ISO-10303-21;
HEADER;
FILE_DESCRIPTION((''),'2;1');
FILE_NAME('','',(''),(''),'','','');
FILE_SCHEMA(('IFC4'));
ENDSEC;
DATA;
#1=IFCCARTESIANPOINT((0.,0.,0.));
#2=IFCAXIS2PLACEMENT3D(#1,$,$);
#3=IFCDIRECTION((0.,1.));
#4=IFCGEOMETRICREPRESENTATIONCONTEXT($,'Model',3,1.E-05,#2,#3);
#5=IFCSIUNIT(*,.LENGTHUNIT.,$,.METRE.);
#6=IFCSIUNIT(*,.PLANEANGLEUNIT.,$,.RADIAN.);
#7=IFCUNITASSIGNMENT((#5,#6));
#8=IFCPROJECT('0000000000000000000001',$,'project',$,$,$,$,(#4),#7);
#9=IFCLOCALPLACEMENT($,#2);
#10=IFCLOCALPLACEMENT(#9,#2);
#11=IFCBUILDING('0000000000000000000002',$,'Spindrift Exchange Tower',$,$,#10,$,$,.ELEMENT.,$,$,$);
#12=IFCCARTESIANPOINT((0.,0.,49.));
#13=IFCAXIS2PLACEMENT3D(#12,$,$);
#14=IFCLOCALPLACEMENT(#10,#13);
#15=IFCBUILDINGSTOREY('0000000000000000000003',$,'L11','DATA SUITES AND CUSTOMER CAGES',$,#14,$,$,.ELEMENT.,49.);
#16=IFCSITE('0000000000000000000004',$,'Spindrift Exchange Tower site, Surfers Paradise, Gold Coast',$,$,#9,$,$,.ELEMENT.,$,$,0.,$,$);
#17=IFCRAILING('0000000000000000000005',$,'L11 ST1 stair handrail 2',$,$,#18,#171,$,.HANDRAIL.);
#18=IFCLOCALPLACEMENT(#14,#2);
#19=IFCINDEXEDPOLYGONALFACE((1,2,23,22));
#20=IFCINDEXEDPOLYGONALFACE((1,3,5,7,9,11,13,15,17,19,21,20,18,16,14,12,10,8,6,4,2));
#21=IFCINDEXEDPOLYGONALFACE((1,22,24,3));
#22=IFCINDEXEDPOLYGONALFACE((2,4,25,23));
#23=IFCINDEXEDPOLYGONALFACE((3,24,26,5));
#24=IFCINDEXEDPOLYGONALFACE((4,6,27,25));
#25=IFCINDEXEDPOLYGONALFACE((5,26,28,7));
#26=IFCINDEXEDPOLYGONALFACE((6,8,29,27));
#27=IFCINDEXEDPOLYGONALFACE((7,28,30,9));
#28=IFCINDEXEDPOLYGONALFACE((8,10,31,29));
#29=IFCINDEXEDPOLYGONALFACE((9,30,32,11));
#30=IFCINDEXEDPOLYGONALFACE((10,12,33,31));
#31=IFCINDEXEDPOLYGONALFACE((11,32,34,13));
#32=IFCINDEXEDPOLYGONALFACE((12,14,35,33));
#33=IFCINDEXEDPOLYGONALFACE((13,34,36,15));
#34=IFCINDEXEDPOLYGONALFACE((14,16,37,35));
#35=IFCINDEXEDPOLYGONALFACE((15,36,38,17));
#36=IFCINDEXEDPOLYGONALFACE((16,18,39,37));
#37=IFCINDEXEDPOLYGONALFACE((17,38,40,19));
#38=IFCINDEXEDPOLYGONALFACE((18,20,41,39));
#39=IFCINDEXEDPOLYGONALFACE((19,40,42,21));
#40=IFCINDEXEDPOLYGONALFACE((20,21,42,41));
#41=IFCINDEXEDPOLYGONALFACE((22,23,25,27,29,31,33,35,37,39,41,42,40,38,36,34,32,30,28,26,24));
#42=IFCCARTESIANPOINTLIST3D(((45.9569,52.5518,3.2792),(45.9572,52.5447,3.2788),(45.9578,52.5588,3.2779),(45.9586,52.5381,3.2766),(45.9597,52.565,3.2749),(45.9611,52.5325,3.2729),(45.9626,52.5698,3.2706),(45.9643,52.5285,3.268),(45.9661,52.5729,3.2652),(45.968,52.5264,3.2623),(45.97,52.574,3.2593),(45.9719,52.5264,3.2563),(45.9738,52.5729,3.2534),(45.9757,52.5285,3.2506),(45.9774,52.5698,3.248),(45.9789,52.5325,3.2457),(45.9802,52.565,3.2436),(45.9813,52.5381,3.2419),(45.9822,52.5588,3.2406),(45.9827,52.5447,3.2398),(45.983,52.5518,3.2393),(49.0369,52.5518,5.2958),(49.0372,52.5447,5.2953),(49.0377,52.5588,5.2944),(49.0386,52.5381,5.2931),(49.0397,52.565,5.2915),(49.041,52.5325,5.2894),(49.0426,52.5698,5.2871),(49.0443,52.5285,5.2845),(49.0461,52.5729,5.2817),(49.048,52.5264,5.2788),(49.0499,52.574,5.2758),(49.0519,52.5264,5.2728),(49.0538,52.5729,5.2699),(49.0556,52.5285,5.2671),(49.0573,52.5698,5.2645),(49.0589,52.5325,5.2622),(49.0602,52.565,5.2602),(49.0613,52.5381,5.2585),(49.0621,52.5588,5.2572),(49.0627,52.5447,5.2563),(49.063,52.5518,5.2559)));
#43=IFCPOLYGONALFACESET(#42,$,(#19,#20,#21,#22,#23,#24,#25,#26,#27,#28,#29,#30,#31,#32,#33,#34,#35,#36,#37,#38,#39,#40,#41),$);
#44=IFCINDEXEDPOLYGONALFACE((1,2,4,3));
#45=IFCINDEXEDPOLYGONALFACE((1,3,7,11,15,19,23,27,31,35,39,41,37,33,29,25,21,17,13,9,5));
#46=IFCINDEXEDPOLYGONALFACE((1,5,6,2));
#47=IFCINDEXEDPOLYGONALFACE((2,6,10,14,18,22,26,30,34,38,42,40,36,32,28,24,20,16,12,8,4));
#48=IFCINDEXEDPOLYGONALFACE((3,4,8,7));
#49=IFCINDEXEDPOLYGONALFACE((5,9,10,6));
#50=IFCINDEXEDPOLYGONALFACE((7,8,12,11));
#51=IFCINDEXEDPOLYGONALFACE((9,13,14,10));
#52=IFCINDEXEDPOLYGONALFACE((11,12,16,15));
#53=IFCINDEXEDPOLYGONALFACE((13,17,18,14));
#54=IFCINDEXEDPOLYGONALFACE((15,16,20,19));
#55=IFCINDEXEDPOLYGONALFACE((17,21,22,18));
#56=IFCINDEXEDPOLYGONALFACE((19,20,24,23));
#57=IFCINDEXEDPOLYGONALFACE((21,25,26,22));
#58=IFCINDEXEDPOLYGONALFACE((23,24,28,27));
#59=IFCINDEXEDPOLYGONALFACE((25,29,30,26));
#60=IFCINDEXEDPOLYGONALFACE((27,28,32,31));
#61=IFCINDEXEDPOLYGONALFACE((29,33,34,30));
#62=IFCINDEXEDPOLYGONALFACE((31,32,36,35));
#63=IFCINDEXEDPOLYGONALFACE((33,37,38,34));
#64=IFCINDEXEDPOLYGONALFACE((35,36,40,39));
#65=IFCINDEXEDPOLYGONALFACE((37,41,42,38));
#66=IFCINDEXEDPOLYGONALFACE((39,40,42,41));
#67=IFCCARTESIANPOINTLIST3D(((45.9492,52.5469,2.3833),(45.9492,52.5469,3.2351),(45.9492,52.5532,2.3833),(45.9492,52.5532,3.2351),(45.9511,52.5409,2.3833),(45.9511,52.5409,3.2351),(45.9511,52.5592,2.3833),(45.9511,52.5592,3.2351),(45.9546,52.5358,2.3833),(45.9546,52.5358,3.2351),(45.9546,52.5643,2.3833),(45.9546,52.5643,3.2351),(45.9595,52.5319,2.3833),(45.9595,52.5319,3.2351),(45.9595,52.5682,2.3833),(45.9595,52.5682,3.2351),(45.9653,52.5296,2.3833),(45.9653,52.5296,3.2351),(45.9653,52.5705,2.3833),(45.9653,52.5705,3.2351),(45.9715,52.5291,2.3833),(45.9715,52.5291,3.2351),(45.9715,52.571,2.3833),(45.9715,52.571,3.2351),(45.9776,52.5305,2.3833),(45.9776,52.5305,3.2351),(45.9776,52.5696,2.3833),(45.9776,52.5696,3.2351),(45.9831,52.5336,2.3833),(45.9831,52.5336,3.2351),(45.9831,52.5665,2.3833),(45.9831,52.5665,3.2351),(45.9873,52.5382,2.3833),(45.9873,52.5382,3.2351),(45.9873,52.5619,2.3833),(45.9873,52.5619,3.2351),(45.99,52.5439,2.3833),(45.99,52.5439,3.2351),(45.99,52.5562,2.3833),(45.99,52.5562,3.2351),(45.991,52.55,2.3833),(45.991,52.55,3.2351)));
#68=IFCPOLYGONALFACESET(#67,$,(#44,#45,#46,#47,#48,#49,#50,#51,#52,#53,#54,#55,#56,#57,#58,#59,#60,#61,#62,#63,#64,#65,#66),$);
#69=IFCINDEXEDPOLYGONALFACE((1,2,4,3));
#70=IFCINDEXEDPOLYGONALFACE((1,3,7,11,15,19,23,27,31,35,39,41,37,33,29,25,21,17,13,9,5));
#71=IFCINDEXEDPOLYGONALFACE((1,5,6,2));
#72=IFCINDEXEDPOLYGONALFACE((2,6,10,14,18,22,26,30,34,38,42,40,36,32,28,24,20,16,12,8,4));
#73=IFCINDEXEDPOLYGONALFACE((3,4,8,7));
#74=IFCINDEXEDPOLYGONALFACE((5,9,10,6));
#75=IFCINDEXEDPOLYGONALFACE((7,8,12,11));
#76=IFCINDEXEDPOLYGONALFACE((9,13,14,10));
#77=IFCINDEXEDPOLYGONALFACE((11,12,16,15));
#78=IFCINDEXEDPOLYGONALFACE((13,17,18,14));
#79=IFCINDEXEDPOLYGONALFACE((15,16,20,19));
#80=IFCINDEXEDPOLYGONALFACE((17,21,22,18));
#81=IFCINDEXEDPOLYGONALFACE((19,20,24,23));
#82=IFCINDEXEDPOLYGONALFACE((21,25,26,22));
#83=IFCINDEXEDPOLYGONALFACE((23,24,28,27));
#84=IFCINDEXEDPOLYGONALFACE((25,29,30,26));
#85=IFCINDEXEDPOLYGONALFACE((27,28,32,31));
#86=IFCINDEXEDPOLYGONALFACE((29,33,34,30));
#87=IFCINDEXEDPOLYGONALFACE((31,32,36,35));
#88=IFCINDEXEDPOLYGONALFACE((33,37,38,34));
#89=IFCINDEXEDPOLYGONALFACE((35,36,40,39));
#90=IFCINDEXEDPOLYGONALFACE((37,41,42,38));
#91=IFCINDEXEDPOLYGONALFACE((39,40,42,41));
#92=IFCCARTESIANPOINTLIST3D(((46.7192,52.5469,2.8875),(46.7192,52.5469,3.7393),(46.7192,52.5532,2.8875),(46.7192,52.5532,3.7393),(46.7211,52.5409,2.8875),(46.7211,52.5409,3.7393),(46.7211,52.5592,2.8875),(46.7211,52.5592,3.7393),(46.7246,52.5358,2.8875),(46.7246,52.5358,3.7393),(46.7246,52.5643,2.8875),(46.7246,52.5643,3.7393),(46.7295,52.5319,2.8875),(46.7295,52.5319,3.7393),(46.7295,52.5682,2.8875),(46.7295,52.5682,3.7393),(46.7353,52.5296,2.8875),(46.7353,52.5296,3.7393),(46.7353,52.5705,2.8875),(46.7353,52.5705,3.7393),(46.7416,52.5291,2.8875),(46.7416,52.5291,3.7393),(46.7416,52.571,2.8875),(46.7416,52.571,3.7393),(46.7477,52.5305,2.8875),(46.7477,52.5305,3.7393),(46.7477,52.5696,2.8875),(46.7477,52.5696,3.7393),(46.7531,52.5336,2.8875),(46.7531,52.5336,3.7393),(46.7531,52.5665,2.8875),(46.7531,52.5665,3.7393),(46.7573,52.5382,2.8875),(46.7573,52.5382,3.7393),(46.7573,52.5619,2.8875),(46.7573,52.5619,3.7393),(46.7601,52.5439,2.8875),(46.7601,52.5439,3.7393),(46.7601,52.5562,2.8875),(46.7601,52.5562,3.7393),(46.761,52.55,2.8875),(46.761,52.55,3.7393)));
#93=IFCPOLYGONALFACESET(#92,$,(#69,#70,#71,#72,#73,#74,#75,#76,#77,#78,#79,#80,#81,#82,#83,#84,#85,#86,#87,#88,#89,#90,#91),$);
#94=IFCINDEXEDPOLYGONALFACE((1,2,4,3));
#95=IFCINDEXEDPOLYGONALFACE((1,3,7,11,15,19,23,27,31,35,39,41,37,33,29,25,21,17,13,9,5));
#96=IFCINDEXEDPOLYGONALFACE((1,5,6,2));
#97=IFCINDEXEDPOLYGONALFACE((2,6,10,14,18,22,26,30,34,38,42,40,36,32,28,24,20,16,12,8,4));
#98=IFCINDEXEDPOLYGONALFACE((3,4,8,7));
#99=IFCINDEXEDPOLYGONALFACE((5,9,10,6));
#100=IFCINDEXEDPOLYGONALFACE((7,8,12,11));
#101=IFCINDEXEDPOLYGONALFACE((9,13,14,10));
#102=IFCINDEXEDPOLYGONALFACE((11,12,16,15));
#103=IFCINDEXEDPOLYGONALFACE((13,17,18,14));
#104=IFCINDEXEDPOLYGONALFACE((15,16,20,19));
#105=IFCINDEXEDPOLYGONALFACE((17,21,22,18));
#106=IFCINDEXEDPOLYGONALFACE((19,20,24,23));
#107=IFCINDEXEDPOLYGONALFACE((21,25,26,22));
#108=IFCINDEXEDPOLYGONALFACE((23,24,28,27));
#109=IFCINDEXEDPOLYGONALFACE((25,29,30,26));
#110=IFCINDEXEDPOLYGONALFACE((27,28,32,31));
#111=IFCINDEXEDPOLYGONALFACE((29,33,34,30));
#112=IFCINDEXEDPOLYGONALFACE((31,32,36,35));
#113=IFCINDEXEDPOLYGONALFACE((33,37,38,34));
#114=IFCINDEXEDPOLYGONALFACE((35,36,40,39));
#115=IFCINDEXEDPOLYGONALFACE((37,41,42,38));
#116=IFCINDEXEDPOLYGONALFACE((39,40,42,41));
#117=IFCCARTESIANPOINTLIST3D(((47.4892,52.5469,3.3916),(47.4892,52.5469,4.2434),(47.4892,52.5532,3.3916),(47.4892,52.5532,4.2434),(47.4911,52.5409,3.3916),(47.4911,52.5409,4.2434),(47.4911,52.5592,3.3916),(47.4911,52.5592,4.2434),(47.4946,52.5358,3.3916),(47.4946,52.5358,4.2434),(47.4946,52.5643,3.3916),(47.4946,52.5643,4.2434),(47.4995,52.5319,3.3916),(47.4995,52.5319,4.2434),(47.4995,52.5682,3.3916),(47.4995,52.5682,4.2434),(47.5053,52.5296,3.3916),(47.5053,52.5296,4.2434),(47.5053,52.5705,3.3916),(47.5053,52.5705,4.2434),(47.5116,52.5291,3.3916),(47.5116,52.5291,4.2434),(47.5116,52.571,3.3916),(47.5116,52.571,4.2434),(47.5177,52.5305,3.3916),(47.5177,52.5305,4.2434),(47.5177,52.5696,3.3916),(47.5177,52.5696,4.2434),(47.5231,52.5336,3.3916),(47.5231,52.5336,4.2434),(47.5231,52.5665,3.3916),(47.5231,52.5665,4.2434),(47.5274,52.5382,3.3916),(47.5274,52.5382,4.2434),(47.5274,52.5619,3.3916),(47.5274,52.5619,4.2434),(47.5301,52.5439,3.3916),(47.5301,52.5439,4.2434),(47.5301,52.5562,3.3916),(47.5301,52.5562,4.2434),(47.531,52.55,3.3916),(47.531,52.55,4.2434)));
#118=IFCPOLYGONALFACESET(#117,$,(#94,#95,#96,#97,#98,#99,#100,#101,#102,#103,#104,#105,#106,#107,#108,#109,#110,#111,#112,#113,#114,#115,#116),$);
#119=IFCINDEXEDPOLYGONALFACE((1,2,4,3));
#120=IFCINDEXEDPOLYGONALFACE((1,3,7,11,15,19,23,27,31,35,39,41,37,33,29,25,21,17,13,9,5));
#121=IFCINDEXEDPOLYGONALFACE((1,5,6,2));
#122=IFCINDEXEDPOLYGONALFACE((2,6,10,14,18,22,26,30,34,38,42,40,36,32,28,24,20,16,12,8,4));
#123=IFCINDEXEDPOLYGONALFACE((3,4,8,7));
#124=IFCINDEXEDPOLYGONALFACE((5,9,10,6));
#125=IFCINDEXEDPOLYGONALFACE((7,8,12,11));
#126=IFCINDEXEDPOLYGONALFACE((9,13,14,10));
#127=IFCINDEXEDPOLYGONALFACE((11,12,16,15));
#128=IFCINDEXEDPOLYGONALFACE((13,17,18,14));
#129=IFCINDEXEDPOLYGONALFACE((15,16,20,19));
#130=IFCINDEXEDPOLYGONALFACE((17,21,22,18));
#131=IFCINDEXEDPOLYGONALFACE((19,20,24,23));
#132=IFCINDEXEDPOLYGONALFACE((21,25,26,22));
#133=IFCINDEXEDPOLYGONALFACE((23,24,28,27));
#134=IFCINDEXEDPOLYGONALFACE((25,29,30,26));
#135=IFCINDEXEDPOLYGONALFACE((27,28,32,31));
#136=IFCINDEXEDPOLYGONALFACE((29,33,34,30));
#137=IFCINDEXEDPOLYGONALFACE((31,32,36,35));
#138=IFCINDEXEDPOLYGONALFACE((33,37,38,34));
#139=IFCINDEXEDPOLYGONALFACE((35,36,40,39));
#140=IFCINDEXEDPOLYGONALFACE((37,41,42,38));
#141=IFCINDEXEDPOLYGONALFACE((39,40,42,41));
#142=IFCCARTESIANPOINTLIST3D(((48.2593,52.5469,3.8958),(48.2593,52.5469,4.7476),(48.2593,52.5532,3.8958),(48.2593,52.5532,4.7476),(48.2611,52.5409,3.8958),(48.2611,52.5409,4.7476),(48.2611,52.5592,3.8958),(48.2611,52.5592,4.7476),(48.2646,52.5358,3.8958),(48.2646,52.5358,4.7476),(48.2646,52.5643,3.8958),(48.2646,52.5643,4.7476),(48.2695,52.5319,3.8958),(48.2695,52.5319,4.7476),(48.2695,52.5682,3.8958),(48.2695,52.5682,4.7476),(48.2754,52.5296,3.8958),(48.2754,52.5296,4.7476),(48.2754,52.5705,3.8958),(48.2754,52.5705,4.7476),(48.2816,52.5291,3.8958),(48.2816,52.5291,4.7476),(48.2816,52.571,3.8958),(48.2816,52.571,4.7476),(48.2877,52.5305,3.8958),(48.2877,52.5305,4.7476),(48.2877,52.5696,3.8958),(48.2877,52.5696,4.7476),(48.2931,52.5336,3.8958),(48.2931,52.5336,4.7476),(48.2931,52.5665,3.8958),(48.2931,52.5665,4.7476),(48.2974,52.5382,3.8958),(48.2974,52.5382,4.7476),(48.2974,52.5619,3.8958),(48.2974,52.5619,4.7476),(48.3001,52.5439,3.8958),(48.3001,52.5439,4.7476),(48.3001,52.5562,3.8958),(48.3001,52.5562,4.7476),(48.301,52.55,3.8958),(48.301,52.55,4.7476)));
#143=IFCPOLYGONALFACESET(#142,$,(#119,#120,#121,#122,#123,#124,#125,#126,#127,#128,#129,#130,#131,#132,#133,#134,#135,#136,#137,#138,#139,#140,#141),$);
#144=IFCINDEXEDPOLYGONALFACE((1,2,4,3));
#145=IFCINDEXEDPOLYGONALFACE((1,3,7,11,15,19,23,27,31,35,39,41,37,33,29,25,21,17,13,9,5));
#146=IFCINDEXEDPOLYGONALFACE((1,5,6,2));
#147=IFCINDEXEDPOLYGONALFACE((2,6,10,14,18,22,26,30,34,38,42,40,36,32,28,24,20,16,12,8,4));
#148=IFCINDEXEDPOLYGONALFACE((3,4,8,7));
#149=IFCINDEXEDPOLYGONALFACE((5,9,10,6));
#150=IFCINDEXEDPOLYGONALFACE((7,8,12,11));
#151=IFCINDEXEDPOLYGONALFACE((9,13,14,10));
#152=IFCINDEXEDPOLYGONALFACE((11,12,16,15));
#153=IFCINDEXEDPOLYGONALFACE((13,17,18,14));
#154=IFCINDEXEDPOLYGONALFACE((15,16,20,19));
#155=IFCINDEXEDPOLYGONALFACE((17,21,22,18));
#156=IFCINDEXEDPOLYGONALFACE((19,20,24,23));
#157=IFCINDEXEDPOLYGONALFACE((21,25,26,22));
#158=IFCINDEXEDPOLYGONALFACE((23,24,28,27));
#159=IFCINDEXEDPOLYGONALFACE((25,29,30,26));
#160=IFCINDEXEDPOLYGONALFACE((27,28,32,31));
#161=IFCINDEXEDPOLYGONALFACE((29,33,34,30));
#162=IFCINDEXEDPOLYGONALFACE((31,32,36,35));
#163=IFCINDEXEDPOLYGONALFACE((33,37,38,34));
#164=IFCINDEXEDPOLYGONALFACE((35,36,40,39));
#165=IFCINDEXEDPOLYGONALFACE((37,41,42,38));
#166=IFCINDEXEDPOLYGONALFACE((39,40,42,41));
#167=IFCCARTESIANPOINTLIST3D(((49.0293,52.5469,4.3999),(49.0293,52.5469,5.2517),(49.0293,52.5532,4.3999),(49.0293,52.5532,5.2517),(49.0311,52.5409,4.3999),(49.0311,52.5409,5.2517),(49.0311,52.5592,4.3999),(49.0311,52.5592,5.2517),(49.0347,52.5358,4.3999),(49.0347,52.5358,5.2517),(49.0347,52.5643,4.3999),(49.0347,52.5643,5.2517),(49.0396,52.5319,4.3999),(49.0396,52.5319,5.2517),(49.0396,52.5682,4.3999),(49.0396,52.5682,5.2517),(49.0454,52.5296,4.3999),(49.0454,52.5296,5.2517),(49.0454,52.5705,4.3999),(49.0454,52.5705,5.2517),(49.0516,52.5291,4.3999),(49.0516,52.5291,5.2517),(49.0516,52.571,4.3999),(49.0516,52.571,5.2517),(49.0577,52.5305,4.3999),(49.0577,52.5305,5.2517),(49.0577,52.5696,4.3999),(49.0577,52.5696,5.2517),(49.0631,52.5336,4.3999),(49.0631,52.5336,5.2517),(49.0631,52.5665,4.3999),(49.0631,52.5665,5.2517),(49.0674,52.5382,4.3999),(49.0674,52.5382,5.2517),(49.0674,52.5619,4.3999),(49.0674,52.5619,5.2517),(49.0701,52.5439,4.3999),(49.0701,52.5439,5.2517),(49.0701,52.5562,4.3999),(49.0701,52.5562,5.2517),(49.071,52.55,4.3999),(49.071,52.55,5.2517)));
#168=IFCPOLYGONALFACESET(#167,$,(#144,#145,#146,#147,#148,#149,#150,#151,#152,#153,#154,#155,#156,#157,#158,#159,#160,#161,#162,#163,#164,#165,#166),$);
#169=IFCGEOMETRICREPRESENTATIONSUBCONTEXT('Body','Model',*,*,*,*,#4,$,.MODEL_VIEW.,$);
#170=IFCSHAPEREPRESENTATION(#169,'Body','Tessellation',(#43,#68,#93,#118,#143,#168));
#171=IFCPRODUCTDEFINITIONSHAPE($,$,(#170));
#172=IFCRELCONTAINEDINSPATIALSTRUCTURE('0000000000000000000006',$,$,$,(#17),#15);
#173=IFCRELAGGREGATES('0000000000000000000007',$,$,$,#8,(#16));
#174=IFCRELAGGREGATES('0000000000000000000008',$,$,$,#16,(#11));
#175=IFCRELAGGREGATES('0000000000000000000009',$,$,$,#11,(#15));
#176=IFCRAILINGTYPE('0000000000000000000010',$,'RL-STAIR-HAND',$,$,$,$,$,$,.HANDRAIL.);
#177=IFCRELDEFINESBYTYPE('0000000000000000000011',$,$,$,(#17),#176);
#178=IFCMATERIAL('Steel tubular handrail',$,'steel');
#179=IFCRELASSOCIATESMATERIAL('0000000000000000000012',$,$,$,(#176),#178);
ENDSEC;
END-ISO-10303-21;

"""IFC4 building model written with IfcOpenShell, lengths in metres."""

from ifc_helpers import new_model, si_unit, direction, frame, origin, origin_2d, place, context, subcontext, project, spatial, circle, extrude, material, type_object, element, save


model = new_model("IFC4")

# Units and contexts
model_context = context("Model", 3, precision=1e-05, world=origin(), true_north=direction((0.0, 1.0)))
body_context = subcontext(model_context, "Body", "Model", "MODEL_VIEW")
ifc_project = project(units=[si_unit("LENGTHUNIT", "METRE"), si_unit("PLANEANGLEUNIT", "RADIAN")], contexts=[model_context])

# Site, building, storey
site_placement = place(None, origin())
site = spatial("IfcSite", under=ifc_project, at=site_placement, Name="Spindrift Exchange Tower site, Surfers Paradise, Gold Coast", CompositionType="ELEMENT", RefElevation=0.0)
building_placement = place(site_placement, origin())
building = spatial("IfcBuilding", under=site, at=building_placement, Name="Spindrift Exchange Tower", CompositionType="ELEMENT")
storey_placement = place(building_placement, frame((0.0, 0.0, 49.0)))
storey = spatial("IfcBuildingStorey", under=building, at=storey_placement, Name="L11", Description="DATA SUITES AND CUSTOMER CAGES", CompositionType="ELEMENT", Elevation=49.0)

# Railing
ifc_material_1 = material(Name="Steel tubular handrail", Category="steel")
railing_type_1 = type_object("IfcRailingType", Name="RL-STAIR-HAND", PredefinedType="HANDRAIL", material=ifc_material_1)
railing_1_placement = place(storey_placement, frame((45.97, 52.55, 2.3833)))
element("IfcRailing", 1, at=railing_1_placement, inside=storey, type_object=railing_type_1, Name="L11 ST1 stair handrail 2", PredefinedType="HANDRAIL", context=body_context, shape_type="SweptSolid", body=[
    extrude(circle(Radius=0.0239, at=origin_2d()), frame((0.0, 0.0, 0.876), z_axis=(0.836633, 0.0, 0.547764), x_axis=(0.0, 1.0, 0.0)), (0.0, 0.0, 1.0), 3.6814),
    extrude(circle(Radius=0.021, at=origin_2d()), origin(), (0.0, 0.0, 1.0), 0.8518),
    extrude(circle(Radius=0.021, at=origin_2d()), frame((0.77, 0.0, 0.5042)), (0.0, 0.0, 1.0), 0.8518),
    extrude(circle(Radius=0.021, at=origin_2d()), frame((1.54, 0.0, 1.0083)), (0.0, 0.0, 1.0), 0.8518),
    extrude(circle(Radius=0.021, at=origin_2d()), frame((2.3101, 0.0, 1.5125)), (0.0, 0.0, 1.0), 0.8518),
    extrude(circle(Radius=0.021, at=origin_2d()), frame((3.0801, 0.0, 2.0166)), (0.0, 0.0, 1.0), 0.8518),
])

save(model, "model.ifc")
